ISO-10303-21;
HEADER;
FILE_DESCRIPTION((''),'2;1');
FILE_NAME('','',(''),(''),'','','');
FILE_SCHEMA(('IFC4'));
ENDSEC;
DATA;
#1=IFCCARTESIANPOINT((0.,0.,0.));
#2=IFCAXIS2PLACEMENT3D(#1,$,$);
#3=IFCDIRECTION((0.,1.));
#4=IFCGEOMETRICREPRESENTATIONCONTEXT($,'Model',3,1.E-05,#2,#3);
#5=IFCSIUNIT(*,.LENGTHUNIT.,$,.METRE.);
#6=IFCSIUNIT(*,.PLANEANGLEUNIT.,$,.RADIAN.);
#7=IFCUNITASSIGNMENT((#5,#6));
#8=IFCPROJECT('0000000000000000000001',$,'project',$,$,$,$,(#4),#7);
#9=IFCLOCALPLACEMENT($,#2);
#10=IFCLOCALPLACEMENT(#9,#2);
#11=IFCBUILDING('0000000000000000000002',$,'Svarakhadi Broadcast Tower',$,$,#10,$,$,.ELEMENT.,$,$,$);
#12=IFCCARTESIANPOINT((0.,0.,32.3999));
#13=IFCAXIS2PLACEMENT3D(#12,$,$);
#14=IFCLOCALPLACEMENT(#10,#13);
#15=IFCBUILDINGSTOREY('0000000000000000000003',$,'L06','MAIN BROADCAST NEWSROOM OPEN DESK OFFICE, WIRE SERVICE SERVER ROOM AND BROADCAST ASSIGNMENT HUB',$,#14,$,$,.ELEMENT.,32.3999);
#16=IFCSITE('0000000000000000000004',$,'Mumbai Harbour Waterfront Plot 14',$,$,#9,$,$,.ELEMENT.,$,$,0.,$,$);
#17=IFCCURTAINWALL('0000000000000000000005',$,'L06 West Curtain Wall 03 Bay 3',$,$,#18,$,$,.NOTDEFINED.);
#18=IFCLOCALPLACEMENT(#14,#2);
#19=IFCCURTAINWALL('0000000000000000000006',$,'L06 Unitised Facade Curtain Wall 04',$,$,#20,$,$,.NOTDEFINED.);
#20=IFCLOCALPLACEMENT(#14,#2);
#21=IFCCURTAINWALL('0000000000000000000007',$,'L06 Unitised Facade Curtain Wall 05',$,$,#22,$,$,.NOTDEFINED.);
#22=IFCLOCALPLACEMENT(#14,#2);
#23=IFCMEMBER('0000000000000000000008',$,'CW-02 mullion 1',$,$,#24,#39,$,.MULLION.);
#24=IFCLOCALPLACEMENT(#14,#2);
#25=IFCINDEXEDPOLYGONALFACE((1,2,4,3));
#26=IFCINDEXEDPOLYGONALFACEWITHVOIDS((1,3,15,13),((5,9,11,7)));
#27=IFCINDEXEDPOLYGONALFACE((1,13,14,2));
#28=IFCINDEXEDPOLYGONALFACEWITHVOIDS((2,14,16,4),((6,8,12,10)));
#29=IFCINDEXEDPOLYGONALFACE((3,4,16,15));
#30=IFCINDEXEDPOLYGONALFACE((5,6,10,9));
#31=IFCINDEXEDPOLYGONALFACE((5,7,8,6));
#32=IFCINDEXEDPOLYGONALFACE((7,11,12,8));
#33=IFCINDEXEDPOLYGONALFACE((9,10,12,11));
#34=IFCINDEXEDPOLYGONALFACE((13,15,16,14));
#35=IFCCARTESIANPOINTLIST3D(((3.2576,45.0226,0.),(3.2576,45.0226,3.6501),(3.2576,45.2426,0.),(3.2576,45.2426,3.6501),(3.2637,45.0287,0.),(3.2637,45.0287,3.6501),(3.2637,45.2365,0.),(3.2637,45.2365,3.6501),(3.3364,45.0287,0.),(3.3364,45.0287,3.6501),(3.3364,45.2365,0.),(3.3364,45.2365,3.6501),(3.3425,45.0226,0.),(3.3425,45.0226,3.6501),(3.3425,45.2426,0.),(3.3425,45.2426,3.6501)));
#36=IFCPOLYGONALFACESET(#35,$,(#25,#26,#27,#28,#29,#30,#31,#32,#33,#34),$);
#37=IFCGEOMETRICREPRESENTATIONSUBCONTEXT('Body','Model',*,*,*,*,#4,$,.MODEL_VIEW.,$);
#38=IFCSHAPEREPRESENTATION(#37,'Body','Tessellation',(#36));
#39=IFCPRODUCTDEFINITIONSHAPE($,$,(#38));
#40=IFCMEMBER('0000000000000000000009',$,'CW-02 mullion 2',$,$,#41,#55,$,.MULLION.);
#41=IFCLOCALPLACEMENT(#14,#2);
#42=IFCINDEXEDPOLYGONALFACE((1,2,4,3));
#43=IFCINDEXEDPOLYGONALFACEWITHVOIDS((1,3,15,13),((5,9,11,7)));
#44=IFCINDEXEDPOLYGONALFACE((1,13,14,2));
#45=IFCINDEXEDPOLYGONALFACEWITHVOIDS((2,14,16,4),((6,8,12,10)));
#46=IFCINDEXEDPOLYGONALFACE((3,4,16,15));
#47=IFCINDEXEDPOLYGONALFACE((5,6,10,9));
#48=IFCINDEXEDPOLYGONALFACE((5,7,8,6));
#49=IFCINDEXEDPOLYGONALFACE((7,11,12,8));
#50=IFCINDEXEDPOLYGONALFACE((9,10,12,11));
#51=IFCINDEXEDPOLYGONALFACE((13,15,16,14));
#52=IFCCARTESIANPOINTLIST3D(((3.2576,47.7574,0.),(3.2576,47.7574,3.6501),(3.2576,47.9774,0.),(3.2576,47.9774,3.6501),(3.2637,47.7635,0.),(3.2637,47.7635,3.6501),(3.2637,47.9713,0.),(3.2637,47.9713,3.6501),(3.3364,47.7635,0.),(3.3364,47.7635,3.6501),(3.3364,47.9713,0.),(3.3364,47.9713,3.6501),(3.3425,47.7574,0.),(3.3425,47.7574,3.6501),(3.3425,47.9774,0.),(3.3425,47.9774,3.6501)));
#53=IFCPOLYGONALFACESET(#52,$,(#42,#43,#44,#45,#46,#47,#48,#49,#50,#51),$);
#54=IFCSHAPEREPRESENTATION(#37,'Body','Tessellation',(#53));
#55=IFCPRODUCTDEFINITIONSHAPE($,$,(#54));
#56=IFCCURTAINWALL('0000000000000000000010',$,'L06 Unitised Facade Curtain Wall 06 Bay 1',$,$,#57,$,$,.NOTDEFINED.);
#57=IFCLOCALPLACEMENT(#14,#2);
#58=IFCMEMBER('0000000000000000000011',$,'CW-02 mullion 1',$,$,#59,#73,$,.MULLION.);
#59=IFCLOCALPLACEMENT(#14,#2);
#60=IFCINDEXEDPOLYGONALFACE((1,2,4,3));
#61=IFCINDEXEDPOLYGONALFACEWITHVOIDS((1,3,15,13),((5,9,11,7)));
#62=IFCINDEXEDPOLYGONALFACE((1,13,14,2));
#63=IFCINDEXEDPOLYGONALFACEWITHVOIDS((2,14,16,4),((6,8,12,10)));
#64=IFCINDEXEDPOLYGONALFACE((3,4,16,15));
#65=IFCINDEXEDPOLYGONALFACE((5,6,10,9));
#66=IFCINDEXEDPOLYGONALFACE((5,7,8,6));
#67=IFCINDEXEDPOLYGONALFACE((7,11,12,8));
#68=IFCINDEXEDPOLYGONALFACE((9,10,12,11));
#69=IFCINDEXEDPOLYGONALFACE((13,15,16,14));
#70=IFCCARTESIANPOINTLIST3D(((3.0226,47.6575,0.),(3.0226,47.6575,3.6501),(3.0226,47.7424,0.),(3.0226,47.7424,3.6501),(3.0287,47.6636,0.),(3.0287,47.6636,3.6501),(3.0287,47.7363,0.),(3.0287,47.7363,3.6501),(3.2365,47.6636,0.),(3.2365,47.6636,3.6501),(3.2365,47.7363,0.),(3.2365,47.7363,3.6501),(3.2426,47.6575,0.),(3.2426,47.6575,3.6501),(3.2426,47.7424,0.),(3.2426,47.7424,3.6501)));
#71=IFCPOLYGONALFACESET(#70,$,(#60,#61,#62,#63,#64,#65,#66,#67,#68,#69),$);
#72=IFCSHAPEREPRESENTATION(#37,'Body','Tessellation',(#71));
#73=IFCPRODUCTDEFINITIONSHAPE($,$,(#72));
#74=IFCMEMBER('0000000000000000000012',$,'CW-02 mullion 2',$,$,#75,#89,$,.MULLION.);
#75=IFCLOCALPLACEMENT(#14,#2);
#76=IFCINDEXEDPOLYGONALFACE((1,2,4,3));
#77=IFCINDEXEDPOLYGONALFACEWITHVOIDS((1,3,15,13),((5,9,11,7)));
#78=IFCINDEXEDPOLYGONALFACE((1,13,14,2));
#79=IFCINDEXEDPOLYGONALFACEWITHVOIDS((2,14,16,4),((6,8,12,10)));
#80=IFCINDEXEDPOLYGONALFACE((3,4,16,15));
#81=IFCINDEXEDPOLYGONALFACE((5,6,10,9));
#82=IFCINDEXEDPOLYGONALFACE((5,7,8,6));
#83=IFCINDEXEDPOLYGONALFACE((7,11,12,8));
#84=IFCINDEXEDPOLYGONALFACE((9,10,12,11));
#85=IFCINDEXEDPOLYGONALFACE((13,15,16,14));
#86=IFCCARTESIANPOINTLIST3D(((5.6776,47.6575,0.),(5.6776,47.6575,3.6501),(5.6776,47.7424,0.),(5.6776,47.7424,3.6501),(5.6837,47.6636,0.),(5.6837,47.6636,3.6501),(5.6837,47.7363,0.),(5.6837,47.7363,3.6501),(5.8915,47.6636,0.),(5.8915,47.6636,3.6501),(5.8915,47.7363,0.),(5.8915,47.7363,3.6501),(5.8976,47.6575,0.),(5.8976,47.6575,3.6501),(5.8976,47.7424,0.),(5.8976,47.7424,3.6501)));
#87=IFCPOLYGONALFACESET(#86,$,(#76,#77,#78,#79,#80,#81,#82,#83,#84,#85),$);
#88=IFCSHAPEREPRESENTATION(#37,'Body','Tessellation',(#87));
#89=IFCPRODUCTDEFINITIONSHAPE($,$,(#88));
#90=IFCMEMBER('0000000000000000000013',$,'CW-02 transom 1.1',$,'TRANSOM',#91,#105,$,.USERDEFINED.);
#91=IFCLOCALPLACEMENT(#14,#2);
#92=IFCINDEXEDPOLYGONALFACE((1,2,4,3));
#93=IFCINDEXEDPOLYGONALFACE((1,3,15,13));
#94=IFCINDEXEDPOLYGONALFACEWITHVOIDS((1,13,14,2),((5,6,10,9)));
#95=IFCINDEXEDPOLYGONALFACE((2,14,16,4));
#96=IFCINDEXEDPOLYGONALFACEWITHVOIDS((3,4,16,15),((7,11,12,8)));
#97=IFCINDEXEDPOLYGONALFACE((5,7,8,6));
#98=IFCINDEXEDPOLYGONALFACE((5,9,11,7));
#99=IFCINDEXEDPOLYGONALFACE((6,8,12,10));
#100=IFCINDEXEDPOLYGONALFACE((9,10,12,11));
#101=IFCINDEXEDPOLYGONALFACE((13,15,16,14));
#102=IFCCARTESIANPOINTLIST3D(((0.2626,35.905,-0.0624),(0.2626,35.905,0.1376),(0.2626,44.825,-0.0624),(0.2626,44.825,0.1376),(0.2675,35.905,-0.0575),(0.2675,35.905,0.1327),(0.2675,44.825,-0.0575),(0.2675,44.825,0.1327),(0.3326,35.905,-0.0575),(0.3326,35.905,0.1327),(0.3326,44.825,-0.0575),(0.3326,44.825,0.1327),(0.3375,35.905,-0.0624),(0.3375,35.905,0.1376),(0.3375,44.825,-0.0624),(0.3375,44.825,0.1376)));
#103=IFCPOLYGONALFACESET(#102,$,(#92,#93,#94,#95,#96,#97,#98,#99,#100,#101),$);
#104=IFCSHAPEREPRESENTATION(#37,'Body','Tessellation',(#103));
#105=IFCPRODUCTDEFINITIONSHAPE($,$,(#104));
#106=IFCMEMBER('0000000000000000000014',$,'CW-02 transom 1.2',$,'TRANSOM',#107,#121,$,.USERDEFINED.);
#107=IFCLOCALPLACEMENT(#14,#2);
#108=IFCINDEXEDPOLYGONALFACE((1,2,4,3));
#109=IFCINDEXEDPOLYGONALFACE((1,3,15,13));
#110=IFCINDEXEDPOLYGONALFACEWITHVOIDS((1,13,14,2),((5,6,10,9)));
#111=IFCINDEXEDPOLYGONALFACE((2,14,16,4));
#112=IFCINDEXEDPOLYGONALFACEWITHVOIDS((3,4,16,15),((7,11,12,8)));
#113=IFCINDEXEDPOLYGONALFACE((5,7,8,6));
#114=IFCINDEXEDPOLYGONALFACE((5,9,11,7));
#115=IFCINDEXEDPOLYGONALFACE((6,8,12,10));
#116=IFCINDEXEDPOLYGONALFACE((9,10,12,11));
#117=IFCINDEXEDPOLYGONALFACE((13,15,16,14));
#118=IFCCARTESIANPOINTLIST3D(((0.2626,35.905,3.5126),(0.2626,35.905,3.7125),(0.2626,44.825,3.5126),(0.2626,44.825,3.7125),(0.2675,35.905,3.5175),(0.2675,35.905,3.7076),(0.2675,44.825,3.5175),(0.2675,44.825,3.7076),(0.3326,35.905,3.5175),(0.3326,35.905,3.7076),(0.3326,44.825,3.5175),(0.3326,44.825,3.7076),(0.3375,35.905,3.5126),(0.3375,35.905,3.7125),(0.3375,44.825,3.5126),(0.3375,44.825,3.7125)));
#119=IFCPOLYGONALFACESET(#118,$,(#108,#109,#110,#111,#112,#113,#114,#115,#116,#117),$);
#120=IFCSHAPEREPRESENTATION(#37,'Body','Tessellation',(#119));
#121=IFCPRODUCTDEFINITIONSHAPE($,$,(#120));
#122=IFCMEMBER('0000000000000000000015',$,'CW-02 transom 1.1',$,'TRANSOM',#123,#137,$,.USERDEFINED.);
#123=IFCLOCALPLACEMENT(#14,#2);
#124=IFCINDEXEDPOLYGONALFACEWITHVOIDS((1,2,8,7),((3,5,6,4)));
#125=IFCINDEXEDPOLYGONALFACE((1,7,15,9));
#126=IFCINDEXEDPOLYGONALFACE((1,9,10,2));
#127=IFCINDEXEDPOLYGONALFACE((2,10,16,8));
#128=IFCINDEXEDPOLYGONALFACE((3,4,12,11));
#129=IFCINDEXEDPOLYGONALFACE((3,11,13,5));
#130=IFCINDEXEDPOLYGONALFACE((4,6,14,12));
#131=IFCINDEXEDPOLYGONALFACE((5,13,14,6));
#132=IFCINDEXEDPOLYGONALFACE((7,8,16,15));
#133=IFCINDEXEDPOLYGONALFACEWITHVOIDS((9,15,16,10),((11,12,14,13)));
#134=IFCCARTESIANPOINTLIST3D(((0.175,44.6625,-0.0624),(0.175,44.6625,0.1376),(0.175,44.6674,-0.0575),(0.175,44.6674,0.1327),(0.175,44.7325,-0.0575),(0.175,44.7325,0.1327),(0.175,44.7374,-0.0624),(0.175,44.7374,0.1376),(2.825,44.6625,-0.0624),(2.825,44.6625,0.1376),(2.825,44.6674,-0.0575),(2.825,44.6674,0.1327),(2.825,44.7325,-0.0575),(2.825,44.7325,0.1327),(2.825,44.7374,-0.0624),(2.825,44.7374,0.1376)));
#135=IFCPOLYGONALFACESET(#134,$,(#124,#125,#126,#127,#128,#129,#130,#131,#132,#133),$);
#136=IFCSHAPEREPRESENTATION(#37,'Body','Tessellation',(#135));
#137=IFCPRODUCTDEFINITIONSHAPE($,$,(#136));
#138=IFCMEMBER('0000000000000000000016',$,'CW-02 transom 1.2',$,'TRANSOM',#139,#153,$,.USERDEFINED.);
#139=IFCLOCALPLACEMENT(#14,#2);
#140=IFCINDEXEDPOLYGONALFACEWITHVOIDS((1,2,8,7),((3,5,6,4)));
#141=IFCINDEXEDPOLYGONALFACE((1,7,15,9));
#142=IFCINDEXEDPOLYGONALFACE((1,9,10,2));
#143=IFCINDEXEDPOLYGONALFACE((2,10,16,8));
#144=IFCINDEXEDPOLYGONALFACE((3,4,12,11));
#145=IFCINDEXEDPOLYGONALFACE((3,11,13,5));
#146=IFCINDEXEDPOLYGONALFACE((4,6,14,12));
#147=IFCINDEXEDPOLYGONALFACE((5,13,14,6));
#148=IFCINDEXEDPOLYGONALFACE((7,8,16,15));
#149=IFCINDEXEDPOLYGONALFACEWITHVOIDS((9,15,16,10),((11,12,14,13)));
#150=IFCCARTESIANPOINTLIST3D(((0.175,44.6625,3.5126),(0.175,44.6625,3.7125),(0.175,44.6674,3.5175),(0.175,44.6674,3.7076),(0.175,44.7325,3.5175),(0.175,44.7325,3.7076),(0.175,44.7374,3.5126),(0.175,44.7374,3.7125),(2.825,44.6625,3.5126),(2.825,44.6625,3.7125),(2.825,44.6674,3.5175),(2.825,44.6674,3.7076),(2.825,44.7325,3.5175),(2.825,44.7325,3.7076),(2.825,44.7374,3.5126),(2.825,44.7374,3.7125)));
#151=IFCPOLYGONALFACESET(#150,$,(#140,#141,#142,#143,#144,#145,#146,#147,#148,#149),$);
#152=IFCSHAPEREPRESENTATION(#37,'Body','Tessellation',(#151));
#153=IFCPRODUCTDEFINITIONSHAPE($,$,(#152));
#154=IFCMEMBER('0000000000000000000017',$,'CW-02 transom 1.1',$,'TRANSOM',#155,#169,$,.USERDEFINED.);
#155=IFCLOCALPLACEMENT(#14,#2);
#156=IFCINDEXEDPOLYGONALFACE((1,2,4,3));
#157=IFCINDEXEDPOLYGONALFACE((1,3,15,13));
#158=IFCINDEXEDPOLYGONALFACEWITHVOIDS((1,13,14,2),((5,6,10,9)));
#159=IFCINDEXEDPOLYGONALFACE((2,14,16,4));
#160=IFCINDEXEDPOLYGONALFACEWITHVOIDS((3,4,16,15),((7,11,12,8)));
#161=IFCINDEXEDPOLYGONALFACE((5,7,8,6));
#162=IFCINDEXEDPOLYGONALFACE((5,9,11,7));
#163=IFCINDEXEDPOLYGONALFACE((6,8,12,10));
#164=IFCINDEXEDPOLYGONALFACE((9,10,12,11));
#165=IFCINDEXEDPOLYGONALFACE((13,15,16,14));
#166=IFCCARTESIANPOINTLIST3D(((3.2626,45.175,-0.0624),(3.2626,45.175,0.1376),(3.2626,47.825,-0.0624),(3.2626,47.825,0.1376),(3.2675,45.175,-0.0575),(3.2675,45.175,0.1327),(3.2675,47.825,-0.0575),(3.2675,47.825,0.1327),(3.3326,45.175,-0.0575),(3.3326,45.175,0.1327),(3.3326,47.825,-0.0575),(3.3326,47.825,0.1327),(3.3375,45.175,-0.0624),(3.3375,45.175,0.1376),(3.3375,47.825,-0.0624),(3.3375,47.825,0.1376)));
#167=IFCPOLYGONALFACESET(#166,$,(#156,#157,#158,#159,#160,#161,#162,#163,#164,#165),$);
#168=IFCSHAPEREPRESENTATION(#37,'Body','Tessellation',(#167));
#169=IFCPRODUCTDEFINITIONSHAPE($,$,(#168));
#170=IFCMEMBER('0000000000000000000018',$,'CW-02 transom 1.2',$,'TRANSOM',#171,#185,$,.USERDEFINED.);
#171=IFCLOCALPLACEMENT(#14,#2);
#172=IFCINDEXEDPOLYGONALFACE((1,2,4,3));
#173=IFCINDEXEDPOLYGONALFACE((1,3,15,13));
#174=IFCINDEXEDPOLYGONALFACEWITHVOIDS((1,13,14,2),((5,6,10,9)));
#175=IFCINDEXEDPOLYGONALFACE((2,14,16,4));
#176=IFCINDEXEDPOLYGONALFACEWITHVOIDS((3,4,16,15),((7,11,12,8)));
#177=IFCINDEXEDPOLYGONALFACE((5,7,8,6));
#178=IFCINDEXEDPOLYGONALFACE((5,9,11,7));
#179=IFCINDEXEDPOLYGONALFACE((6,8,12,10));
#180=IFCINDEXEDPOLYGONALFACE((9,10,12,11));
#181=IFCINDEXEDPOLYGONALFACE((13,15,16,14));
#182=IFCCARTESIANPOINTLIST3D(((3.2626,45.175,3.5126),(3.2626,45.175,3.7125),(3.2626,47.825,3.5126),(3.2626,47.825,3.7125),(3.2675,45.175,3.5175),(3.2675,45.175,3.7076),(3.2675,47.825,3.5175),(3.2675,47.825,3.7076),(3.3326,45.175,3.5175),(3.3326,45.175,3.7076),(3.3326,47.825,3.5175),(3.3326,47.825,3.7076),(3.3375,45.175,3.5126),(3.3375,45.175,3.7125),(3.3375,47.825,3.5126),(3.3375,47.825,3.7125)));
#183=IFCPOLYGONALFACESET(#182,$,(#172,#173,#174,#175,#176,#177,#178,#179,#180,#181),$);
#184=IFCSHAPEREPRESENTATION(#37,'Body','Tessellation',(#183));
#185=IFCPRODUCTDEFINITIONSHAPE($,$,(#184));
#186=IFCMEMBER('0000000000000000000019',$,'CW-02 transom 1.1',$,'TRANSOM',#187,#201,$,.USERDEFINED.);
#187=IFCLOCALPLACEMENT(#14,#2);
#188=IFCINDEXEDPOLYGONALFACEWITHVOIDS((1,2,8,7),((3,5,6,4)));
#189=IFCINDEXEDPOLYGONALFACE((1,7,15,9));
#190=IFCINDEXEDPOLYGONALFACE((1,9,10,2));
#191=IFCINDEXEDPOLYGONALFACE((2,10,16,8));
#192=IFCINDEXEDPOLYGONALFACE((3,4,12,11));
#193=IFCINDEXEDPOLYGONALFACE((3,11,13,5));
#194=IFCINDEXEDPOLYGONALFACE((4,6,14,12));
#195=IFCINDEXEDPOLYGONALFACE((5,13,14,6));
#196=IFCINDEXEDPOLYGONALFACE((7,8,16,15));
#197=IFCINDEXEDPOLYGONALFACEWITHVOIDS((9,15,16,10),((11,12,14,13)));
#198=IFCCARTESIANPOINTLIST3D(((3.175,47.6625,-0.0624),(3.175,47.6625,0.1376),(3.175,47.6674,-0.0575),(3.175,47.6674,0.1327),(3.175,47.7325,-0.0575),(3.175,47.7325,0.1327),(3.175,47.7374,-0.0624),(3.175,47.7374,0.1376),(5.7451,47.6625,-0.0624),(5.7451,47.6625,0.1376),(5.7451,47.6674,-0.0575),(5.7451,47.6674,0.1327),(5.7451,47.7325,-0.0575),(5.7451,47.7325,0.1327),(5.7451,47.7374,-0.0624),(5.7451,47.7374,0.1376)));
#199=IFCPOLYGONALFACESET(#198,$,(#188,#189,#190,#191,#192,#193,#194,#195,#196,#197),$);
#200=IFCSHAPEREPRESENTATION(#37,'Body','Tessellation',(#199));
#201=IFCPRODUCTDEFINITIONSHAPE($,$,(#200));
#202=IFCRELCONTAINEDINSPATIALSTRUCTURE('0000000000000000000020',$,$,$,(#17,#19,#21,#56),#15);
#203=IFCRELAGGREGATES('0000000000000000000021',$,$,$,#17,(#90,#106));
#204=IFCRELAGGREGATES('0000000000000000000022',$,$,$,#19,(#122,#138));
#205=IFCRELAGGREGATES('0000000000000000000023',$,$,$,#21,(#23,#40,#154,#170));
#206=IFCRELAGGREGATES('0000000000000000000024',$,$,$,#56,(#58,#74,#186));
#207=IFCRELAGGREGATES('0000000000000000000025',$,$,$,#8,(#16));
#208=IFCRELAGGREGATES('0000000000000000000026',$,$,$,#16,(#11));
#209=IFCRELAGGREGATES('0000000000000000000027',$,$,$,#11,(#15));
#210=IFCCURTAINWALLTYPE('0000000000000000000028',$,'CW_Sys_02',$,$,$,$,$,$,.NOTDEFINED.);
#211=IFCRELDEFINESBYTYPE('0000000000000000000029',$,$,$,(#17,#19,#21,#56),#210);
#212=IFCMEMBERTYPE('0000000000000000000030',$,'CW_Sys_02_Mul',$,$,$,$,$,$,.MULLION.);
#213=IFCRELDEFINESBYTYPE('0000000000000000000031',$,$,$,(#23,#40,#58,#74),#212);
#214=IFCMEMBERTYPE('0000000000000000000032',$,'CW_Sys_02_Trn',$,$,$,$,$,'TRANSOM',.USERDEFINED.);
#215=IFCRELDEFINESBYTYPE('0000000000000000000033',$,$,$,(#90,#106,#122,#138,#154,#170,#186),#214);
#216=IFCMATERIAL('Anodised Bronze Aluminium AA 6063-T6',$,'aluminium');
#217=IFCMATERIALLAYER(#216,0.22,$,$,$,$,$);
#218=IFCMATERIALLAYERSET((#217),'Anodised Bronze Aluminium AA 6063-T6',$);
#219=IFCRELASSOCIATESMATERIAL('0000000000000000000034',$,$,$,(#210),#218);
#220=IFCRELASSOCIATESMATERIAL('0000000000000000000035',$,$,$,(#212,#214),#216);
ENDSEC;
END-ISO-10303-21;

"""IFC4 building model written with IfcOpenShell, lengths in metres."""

from ifc_helpers import new_model, si_unit, direction, frame, origin, origin_2d, place, context, subcontext, project, spatial, hollow_rectangle, extrude, material, layer, layer_set, material_profile, profile_set, type_object, element, aggregate, save


model = new_model("IFC4")

# Units and contexts
model_context = context("Model", 3, precision=1e-05, world=origin(), true_north=direction((0.0, 1.0)))
body_context = subcontext(model_context, "Body", "Model", "MODEL_VIEW")
ifc_project = project(units=[si_unit("LENGTHUNIT", "METRE"), si_unit("PLANEANGLEUNIT", "RADIAN")], contexts=[model_context])

# Site, building, storey
site_placement = place(None, origin())
site = spatial("IfcSite", under=ifc_project, at=site_placement, Name="Mumbai Harbour Waterfront Plot 14", CompositionType="ELEMENT", RefElevation=0.0)
building_placement = place(site_placement, origin())
building = spatial("IfcBuilding", under=site, at=building_placement, Name="Svarakhadi Broadcast Tower", CompositionType="ELEMENT")
storey_placement = place(building_placement, frame((0.0, 0.0, 32.3999)))
storey = spatial("IfcBuildingStorey", under=building, at=storey_placement, Name="L06", Description="MAIN BROADCAST NEWSROOM OPEN DESK OFFICE, WIRE SERVICE SERVER ROOM AND BROADCAST ASSIGNMENT HUB", CompositionType="ELEMENT", Elevation=32.3999)

# Curtain walls, members
ifc_material_1 = material(Name="Anodised Bronze Aluminium AA 6063-T6", Category="aluminium")
ifc_layer_1 = layer(ifc_material_1, 0.22)
ifc_layer_set_1 = layer_set([ifc_layer_1], Name="Anodised Bronze Aluminium AA 6063-T6")
curtain_wall_type = type_object("IfcCurtainWallType", Name="CW_Sys_02", PredefinedType="NOTDEFINED", material=ifc_layer_set_1)
curtain_wall_1_placement = place(storey_placement, origin())
curtain_wall_1 = element("IfcCurtainWall", 1, at=curtain_wall_1_placement, inside=storey, type_object=curtain_wall_type, Name="L06 West Curtain Wall 03 Bay 3", PredefinedType="NOTDEFINED")
ifc_material_profile_1 = material_profile(ifc_material_1, hollow_rectangle(XDim=0.085, YDim=0.22, WallThickness=0.0061, at=origin_2d()), Name="ALU MULLION 220x85x6")
ifc_profile_set_1 = profile_set([ifc_material_profile_1], Name="Anodised Bronze Aluminium AA 6063-T6")
member_type_1 = type_object("IfcMemberType", Name="CW_Sys_02_Mul", PredefinedType="MULLION", material=ifc_profile_set_1)
curtain_wall_2_placement = place(storey_placement, origin())
curtain_wall_2 = element("IfcCurtainWall", 2, at=curtain_wall_2_placement, inside=storey, type_object=curtain_wall_type, Name="L06 Unitised Facade Curtain Wall 04", PredefinedType="NOTDEFINED")
curtain_wall_3_placement = place(storey_placement, origin())
curtain_wall_3 = element("IfcCurtainWall", 3, at=curtain_wall_3_placement, inside=storey, type_object=curtain_wall_type, Name="L06 Unitised Facade Curtain Wall 05", PredefinedType="NOTDEFINED")
member_1_placement = place(storey_placement, frame((3.3, 45.1326, 0.0), z_axis=(0.0, 0.0, 1.0), x_axis=(-1.0, 0.0, 0.0)))
member_1 = element("IfcMember", 4, at=member_1_placement, type_object=member_type_1, Name="CW-02 mullion 1", PredefinedType="MULLION", context=body_context, shape_type="SweptSolid", body=[
    extrude(hollow_rectangle(XDim=0.085, YDim=0.22, WallThickness=0.0061, at=origin_2d()), origin(), (0.0, 0.0, 1.0), 3.6501),
])
member_2_placement = place(storey_placement, frame((3.3, 47.8674, 0.0), z_axis=(0.0, 0.0, 1.0), x_axis=(-1.0, 0.0, 0.0)))
member_2 = element("IfcMember", 5, at=member_2_placement, type_object=member_type_1, Name="CW-02 mullion 2", PredefinedType="MULLION", context=body_context, shape_type="SweptSolid", body=[
    extrude(hollow_rectangle(XDim=0.085, YDim=0.22, WallThickness=0.0061, at=origin_2d()), origin(), (0.0, 0.0, 1.0), 3.6501),
])
curtain_wall_4_placement = place(storey_placement, origin())
curtain_wall_4 = element("IfcCurtainWall", 6, at=curtain_wall_4_placement, inside=storey, type_object=curtain_wall_type, Name="L06 Unitised Facade Curtain Wall 06 Bay 1", PredefinedType="NOTDEFINED")
member_3_placement = place(storey_placement, frame((3.1326, 47.7, 0.0), z_axis=(0.0, 0.0, 1.0), x_axis=(0.0, 1.0, 0.0)))
member_3 = element("IfcMember", 7, at=member_3_placement, type_object=member_type_1, Name="CW-02 mullion 1", PredefinedType="MULLION", context=body_context, shape_type="SweptSolid", body=[
    extrude(hollow_rectangle(XDim=0.085, YDim=0.22, WallThickness=0.0061, at=origin_2d()), origin(), (0.0, 0.0, 1.0), 3.6501),
])
member_4_placement = place(storey_placement, frame((5.7876, 47.7, 0.0), z_axis=(0.0, 0.0, 1.0), x_axis=(0.0, 1.0, 0.0)))
member_4 = element("IfcMember", 8, at=member_4_placement, type_object=member_type_1, Name="CW-02 mullion 2", PredefinedType="MULLION", context=body_context, shape_type="SweptSolid", body=[
    extrude(hollow_rectangle(XDim=0.085, YDim=0.22, WallThickness=0.0061, at=origin_2d()), origin(), (0.0, 0.0, 1.0), 3.6501),
])

# Members
ifc_material_profile_2 = material_profile(ifc_material_1, hollow_rectangle(XDim=0.075, YDim=0.2, WallThickness=0.0049, at=origin_2d()), Name="ALU TRANSOM 200x75x5")
ifc_profile_set_2 = profile_set([ifc_material_profile_2], Name="Anodised Bronze Aluminium AA 6063-T6")
member_type_2 = type_object("IfcMemberType", Name="CW_Sys_02_Trn", ElementType="TRANSOM", PredefinedType="USERDEFINED", material=ifc_profile_set_2)
member_5_placement = place(storey_placement, frame((0.3, 35.905, 0.0376), z_axis=(0.0, 1.0, 0.0), x_axis=(-1.0, 0.0, 0.0)))
member_5 = element("IfcMember", 9, at=member_5_placement, type_object=member_type_2, Name="CW-02 transom 1.1", ObjectType="TRANSOM", PredefinedType="USERDEFINED", context=body_context, shape_type="SweptSolid", body=[
    extrude(hollow_rectangle(XDim=0.075, YDim=0.2, WallThickness=0.0049, at=origin_2d()), origin(), (0.0, 0.0, 1.0), 8.9199),
])
member_6_placement = place(storey_placement, frame((0.3, 35.905, 3.6125), z_axis=(0.0, 1.0, 0.0), x_axis=(-1.0, 0.0, 0.0)))
member_6 = element("IfcMember", 10, at=member_6_placement, type_object=member_type_2, Name="CW-02 transom 1.2", ObjectType="TRANSOM", PredefinedType="USERDEFINED", context=body_context, shape_type="SweptSolid", body=[
    extrude(hollow_rectangle(XDim=0.075, YDim=0.2, WallThickness=0.0049, at=origin_2d()), origin(), (0.0, 0.0, 1.0), 8.9199),
])
member_7_placement = place(storey_placement, frame((0.175, 44.7, 0.0376), z_axis=(1.0, 0.0, 0.0), x_axis=(0.0, 1.0, 0.0)))
member_7 = element("IfcMember", 11, at=member_7_placement, type_object=member_type_2, Name="CW-02 transom 1.1", ObjectType="TRANSOM", PredefinedType="USERDEFINED", context=body_context, shape_type="SweptSolid", body=[
    extrude(hollow_rectangle(XDim=0.075, YDim=0.2, WallThickness=0.0049, at=origin_2d()), origin(), (0.0, 0.0, 1.0), 2.6499),
])
member_8_placement = place(storey_placement, frame((0.175, 44.7, 3.6125), z_axis=(1.0, 0.0, 0.0), x_axis=(0.0, 1.0, 0.0)))
member_8 = element("IfcMember", 12, at=member_8_placement, type_object=member_type_2, Name="CW-02 transom 1.2", ObjectType="TRANSOM", PredefinedType="USERDEFINED", context=body_context, shape_type="SweptSolid", body=[
    extrude(hollow_rectangle(XDim=0.075, YDim=0.2, WallThickness=0.0049, at=origin_2d()), origin(), (0.0, 0.0, 1.0), 2.6499),
])
member_9_placement = place(storey_placement, frame((3.3, 45.175, 0.0376), z_axis=(0.0, 1.0, 0.0), x_axis=(-1.0, 0.0, 0.0)))
member_9 = element("IfcMember", 13, at=member_9_placement, type_object=member_type_2, Name="CW-02 transom 1.1", ObjectType="TRANSOM", PredefinedType="USERDEFINED", context=body_context, shape_type="SweptSolid", body=[
    extrude(hollow_rectangle(XDim=0.075, YDim=0.2, WallThickness=0.0049, at=origin_2d()), origin(), (0.0, 0.0, 1.0), 2.6499),
])
member_10_placement = place(storey_placement, frame((3.3, 45.175, 3.6125), z_axis=(0.0, 1.0, 0.0), x_axis=(-1.0, 0.0, 0.0)))
member_10 = element("IfcMember", 14, at=member_10_placement, type_object=member_type_2, Name="CW-02 transom 1.2", ObjectType="TRANSOM", PredefinedType="USERDEFINED", context=body_context, shape_type="SweptSolid", body=[
    extrude(hollow_rectangle(XDim=0.075, YDim=0.2, WallThickness=0.0049, at=origin_2d()), origin(), (0.0, 0.0, 1.0), 2.6499),
])
member_11_placement = place(storey_placement, frame((3.175, 47.7, 0.0376), z_axis=(1.0, 0.0, 0.0), x_axis=(0.0, 1.0, 0.0)))
member_11 = element("IfcMember", 15, at=member_11_placement, type_object=member_type_2, Name="CW-02 transom 1.1", ObjectType="TRANSOM", PredefinedType="USERDEFINED", context=body_context, shape_type="SweptSolid", body=[
    extrude(hollow_rectangle(XDim=0.075, YDim=0.2, WallThickness=0.0049, at=origin_2d()), origin(), (0.0, 0.0, 1.0), 2.5701),
])

aggregate(curtain_wall_1, [member_5, member_6])
aggregate(curtain_wall_2, [member_7, member_8])
aggregate(curtain_wall_3, [member_1, member_2, member_9, member_10])
aggregate(curtain_wall_4, [member_3, member_4, member_11])

save(model, "model.ifc")
